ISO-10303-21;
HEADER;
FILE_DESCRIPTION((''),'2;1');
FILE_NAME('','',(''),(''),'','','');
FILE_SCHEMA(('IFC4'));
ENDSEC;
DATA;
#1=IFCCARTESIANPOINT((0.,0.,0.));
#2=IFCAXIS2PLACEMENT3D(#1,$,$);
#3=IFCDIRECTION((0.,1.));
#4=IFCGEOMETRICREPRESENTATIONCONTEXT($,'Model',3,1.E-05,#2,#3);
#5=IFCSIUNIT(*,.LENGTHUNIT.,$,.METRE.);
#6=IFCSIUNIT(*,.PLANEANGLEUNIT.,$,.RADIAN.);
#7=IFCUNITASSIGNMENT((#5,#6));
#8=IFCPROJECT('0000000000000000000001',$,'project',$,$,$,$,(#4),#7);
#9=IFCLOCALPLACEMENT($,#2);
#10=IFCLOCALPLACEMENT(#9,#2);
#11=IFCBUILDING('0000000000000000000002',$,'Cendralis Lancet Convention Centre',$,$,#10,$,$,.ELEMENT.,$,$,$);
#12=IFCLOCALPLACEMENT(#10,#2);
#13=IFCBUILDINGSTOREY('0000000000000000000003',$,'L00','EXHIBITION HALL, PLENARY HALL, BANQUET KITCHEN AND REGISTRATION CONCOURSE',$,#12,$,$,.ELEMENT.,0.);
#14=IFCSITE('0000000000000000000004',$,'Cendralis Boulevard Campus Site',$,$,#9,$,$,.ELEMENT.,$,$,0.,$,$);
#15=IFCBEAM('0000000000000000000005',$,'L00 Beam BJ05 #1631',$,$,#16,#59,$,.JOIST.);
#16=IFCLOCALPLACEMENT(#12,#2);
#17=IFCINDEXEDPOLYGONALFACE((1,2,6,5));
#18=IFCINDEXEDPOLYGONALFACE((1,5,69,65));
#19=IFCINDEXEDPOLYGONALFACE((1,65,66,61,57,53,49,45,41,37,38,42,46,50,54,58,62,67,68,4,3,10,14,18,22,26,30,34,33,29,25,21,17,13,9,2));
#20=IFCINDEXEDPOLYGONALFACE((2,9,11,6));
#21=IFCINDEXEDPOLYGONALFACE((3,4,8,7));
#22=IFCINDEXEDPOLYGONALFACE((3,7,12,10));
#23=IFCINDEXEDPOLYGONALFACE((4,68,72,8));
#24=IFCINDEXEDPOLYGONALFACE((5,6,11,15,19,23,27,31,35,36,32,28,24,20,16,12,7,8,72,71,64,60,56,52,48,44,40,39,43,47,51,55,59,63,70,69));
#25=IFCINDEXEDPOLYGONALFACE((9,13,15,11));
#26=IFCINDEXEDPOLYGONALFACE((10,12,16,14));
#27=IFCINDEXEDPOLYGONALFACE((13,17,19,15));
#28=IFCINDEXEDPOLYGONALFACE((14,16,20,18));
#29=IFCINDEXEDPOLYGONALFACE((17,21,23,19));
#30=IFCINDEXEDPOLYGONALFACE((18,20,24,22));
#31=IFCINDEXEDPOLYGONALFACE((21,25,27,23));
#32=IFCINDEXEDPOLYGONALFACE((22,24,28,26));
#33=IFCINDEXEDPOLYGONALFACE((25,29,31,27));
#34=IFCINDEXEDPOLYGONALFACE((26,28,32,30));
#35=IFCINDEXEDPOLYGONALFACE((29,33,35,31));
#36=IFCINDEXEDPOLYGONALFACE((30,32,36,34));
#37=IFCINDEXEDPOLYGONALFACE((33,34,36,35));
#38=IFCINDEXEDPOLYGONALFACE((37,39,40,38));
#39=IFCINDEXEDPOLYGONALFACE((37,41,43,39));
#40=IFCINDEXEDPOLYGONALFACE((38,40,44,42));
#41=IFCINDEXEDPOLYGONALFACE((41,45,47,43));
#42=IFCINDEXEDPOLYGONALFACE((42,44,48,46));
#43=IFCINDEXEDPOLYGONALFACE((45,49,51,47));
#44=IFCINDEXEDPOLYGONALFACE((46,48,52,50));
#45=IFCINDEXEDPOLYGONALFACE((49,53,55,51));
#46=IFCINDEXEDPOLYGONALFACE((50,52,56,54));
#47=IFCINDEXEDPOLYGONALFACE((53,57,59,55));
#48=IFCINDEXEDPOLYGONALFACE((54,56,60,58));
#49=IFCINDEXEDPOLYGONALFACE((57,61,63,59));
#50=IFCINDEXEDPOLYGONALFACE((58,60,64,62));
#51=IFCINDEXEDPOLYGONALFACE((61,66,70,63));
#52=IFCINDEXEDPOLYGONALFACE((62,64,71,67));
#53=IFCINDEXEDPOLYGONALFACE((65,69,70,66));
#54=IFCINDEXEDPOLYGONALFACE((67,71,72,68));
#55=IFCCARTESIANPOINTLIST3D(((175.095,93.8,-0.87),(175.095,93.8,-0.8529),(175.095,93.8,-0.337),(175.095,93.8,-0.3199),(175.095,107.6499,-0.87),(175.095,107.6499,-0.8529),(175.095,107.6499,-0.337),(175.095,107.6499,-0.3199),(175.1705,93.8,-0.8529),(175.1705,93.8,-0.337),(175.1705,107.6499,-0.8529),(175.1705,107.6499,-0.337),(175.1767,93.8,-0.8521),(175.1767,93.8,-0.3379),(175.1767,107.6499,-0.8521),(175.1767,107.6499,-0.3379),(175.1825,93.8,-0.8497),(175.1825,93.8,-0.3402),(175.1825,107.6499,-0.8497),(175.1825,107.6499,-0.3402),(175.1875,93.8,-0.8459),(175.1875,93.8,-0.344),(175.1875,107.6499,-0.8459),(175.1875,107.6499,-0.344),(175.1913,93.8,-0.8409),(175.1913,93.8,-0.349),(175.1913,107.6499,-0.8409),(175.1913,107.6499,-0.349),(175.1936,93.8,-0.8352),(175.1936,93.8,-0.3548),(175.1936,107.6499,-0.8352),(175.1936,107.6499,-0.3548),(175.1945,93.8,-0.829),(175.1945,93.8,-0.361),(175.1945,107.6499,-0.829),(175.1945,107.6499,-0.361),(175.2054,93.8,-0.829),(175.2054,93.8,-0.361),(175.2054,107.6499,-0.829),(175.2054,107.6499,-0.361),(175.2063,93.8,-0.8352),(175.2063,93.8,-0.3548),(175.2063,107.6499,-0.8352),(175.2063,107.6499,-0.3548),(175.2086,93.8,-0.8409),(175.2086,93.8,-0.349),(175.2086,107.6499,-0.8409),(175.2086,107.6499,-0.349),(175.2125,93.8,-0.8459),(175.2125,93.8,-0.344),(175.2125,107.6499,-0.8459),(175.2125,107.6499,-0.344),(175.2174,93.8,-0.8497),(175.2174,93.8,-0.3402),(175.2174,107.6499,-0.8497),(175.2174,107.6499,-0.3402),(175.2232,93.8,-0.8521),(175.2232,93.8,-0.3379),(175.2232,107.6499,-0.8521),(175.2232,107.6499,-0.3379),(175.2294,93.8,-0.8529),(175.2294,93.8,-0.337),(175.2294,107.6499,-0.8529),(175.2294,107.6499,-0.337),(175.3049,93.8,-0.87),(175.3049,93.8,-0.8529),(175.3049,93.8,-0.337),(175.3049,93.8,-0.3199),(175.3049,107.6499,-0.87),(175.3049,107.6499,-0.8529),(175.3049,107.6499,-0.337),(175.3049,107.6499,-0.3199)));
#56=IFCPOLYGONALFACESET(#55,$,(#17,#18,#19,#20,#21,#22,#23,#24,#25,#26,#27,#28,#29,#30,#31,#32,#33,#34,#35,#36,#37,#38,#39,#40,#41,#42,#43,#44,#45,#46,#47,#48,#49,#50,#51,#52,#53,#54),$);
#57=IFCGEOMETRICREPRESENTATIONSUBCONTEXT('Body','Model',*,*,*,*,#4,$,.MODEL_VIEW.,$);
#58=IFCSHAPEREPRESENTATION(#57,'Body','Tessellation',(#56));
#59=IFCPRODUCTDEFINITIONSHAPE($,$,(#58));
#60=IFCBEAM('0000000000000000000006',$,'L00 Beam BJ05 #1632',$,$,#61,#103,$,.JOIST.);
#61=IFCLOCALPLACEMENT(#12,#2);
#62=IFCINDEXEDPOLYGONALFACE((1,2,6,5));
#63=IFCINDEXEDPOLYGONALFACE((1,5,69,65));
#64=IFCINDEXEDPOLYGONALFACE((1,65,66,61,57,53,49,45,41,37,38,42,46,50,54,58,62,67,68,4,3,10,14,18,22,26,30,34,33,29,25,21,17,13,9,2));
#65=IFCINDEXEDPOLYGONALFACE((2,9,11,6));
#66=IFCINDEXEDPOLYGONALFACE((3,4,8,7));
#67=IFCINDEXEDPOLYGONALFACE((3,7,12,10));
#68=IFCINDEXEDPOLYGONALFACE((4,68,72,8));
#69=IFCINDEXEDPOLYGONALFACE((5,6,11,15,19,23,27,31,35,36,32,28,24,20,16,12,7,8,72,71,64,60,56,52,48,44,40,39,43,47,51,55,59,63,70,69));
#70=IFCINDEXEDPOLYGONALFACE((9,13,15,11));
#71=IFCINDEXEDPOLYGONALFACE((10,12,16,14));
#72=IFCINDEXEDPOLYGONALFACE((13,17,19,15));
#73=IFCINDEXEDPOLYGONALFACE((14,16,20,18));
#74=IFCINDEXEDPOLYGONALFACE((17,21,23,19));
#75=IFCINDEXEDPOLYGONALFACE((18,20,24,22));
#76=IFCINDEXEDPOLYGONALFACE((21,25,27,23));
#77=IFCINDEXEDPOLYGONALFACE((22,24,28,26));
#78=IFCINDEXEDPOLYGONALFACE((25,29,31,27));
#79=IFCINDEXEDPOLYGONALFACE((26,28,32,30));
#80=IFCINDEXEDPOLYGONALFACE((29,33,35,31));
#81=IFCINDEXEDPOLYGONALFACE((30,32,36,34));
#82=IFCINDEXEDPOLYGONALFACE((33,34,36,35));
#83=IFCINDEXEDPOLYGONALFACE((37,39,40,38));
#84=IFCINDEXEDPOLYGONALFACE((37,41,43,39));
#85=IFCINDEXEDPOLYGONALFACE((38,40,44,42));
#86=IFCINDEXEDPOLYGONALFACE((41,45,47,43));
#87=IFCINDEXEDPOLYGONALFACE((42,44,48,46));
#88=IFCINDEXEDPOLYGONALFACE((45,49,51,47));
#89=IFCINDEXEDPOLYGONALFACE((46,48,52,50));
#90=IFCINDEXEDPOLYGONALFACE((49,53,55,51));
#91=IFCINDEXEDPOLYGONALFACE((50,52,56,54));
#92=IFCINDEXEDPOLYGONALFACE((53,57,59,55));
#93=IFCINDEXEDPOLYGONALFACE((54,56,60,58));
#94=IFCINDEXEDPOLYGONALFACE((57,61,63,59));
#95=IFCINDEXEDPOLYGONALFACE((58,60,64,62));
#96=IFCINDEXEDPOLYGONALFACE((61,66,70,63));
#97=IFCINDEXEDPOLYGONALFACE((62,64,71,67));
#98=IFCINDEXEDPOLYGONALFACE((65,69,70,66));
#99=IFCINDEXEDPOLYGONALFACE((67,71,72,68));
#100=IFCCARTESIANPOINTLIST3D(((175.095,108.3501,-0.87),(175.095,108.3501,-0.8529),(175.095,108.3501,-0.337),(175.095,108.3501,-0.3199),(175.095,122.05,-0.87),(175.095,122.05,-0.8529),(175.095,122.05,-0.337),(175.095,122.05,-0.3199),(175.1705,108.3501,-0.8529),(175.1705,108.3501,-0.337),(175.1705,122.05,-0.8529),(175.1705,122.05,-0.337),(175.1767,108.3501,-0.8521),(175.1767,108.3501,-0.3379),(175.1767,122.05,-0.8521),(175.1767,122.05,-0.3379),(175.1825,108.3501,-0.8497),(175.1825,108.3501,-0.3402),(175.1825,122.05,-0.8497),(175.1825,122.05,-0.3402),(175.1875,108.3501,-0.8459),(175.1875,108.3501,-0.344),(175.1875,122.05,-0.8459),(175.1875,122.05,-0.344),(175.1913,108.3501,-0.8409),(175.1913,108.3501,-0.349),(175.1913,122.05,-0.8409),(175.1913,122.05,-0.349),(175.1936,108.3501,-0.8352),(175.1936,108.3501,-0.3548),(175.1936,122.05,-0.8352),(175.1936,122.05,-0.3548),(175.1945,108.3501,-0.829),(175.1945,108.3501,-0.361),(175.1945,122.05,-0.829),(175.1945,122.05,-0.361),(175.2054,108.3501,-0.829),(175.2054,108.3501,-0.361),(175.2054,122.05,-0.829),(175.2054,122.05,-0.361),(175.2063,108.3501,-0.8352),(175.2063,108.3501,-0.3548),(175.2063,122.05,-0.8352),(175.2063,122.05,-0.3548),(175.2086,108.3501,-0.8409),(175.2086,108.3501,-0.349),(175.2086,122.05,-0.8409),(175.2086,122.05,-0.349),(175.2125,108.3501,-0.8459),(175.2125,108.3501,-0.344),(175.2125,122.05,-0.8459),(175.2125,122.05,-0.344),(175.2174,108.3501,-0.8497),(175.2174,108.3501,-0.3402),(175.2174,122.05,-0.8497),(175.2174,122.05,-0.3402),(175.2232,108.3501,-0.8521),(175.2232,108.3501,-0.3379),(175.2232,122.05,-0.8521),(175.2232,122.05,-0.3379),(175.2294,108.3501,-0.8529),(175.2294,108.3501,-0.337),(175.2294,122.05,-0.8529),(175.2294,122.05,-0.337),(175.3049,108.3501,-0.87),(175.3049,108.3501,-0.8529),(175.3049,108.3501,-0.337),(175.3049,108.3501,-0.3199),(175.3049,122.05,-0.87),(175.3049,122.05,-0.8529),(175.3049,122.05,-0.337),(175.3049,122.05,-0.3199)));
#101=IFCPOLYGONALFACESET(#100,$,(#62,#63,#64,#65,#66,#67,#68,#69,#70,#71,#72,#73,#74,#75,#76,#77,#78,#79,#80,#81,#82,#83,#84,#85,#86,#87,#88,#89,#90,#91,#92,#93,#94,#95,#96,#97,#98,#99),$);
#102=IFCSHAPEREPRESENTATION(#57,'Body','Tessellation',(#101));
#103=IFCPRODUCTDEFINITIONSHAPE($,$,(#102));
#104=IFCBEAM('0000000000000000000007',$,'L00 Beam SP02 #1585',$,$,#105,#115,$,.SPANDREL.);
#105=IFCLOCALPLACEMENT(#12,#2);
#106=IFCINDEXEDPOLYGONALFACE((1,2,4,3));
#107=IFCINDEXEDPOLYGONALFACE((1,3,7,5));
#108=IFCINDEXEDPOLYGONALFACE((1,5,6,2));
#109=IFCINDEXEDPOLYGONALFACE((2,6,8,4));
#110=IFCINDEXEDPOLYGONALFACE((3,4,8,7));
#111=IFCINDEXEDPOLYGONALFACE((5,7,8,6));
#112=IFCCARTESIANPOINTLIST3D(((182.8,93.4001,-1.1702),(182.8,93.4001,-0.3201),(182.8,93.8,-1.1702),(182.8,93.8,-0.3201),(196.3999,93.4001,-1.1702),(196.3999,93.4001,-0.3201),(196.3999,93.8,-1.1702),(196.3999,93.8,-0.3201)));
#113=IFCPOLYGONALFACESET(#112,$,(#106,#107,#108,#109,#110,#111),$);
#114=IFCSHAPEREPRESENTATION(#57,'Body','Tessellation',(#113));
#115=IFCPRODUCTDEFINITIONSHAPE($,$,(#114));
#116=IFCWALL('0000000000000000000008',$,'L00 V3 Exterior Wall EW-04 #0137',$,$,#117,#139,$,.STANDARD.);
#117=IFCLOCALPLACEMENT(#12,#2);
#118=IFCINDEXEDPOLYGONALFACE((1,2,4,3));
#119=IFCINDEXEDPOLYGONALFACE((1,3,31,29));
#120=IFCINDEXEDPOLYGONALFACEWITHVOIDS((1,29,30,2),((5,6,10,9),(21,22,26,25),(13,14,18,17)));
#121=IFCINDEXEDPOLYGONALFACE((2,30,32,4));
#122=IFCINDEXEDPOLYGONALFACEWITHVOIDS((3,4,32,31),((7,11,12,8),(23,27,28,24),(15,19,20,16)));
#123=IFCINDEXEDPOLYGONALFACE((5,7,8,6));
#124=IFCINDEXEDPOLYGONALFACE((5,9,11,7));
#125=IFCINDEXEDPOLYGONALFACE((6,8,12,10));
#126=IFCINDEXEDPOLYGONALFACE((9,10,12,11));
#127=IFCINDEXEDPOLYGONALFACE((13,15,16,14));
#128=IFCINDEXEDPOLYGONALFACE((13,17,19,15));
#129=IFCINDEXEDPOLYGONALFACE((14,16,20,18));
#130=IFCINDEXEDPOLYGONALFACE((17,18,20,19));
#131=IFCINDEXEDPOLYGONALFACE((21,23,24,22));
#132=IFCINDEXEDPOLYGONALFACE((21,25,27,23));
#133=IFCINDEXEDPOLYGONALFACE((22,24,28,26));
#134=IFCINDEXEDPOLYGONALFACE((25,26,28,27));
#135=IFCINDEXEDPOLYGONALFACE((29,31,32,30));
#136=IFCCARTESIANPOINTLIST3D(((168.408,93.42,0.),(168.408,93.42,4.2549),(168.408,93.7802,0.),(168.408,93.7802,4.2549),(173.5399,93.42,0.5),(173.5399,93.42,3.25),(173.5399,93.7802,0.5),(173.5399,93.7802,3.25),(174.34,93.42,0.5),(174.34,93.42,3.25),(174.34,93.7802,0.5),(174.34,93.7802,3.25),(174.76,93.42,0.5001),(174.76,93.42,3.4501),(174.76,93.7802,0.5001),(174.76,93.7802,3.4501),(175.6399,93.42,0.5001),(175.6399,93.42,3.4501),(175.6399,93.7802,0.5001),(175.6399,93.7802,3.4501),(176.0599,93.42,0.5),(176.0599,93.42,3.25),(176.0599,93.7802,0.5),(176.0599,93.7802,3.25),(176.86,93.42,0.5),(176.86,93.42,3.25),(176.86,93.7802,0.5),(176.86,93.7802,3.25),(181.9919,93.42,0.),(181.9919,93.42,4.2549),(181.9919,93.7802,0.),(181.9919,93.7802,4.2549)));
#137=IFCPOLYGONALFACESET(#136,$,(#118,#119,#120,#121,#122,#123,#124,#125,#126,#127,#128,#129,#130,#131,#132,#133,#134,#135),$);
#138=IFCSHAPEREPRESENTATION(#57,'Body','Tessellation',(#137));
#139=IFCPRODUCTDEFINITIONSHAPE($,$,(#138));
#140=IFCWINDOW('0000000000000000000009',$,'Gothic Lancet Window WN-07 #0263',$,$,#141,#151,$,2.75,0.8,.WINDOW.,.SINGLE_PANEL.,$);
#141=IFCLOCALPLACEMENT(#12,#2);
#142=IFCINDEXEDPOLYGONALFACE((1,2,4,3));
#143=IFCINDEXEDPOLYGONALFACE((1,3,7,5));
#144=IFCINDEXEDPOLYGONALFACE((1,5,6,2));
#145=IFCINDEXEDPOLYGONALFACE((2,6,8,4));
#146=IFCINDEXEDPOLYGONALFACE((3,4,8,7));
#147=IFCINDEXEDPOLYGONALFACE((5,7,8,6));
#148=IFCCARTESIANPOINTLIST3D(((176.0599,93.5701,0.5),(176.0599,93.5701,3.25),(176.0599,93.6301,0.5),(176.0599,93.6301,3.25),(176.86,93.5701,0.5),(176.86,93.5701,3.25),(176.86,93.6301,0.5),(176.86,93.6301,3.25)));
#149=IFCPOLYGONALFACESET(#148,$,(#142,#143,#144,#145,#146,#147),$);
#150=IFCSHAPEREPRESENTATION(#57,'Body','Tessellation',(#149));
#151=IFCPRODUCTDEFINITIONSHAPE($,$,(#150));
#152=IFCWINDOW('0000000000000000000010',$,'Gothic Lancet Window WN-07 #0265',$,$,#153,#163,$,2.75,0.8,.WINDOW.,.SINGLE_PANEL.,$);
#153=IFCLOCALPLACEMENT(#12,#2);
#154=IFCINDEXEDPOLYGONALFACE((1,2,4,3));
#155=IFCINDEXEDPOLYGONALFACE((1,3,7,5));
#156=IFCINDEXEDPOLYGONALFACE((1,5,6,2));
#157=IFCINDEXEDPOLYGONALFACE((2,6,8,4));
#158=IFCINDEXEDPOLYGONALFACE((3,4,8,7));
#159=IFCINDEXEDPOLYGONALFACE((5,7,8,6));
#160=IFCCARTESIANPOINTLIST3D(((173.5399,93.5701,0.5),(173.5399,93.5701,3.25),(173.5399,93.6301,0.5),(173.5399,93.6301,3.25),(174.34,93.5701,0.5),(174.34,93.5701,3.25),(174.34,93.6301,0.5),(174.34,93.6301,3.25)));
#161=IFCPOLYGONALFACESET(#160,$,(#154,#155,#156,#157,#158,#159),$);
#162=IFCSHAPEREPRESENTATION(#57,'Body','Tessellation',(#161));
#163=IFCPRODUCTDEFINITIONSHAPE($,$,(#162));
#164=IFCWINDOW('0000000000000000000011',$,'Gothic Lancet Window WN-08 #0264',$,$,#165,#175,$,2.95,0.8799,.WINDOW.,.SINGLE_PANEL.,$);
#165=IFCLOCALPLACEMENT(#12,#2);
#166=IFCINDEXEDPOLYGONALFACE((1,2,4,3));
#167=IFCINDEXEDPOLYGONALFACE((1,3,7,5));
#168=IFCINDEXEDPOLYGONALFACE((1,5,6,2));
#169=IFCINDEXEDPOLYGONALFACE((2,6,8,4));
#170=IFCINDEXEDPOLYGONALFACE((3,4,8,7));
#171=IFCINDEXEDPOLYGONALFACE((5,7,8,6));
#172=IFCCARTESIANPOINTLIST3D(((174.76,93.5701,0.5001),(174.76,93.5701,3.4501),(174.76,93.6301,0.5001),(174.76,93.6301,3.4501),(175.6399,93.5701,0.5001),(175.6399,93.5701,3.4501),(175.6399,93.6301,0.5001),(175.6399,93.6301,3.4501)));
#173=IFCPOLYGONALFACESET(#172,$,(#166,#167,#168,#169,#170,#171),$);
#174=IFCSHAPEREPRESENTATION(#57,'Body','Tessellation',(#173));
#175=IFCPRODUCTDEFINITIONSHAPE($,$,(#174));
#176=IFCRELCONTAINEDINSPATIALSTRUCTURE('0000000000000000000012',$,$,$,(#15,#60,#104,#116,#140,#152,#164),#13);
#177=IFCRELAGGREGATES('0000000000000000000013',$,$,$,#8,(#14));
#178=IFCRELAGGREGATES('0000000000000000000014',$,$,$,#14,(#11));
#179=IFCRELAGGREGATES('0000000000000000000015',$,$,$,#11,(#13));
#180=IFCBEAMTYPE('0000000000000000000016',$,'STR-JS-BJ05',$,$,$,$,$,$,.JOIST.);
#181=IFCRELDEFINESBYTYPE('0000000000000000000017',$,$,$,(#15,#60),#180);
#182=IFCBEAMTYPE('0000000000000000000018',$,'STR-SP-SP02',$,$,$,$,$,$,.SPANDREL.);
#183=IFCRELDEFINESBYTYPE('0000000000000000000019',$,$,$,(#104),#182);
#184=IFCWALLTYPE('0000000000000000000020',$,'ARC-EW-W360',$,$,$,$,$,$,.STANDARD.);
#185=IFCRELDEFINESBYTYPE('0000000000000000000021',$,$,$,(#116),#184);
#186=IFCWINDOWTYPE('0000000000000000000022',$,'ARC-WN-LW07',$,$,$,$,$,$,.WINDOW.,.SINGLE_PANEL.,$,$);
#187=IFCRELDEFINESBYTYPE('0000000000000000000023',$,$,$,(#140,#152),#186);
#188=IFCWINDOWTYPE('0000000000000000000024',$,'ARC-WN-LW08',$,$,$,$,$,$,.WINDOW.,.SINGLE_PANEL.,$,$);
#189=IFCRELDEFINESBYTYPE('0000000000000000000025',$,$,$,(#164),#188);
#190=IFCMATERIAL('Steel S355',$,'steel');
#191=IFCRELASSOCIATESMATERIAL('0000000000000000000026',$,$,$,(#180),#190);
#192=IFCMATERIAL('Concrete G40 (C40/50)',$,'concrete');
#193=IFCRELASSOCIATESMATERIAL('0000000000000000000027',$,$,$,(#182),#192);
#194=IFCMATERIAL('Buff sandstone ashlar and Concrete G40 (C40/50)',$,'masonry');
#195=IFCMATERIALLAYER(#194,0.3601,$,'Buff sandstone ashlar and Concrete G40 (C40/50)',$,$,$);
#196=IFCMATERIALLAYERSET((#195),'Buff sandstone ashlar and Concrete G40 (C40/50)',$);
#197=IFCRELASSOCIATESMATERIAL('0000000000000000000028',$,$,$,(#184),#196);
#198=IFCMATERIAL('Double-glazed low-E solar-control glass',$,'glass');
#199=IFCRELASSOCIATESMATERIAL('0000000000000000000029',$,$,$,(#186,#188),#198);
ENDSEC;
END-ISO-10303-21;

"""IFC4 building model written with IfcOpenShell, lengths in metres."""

from ifc_helpers import new_model, si_unit, direction, frame, frame_2d, origin, origin_2d, place, context, subcontext, project, spatial, rectangle, i_section, extrude, material, layer, layer_set, material_profile, profile_set, type_object, element, fill, save


model = new_model("IFC4")

# Units and contexts
model_context = context("Model", 3, precision=1e-05, world=origin(), true_north=direction((0.0, 1.0)))
body_context = subcontext(model_context, "Body", "Model", "MODEL_VIEW")
ifc_project = project(units=[si_unit("LENGTHUNIT", "METRE"), si_unit("PLANEANGLEUNIT", "RADIAN")], contexts=[model_context])

# Site, building, storey
site_placement = place(None, origin())
site = spatial("IfcSite", under=ifc_project, at=site_placement, Name="Cendralis Boulevard Campus Site", CompositionType="ELEMENT", RefElevation=0.0)
building_placement = place(site_placement, origin())
building = spatial("IfcBuilding", under=site, at=building_placement, Name="Cendralis Lancet Convention Centre", CompositionType="ELEMENT")
storey_placement = place(building_placement, origin())
storey = spatial("IfcBuildingStorey", under=building, at=storey_placement, Name="L00", Description="EXHIBITION HALL, PLENARY HALL, BANQUET KITCHEN AND REGISTRATION CONCOURSE", CompositionType="ELEMENT", Elevation=0.0)

# Shared definitions
ifc_material_1 = material(Name="Concrete G40 (C40/50)", Category="concrete")

# Beams
ifc_material_2 = material(Name="Steel S355", Category="steel")
ifc_material_profile_1 = material_profile(ifc_material_2, i_section(OverallWidth=0.21, OverallDepth=0.55, WebThickness=0.011, FlangeThickness=0.0171, FilletRadius=0.0239, at=origin_2d()), Name="IPE 550")
ifc_profile_set_1 = profile_set([ifc_material_profile_1], Name="Steel S355")
beam_type_1 = type_object("IfcBeamType", Name="STR-JS-BJ05", PredefinedType="JOIST", material=ifc_profile_set_1)
beam_1_placement = place(storey_placement, frame((175.2, 93.8, -0.595), z_axis=(0.0, 1.0, 0.0), x_axis=(-1.0, 0.0, 0.0)))
element("IfcBeam", 1, at=beam_1_placement, inside=storey, type_object=beam_type_1, Name="L00 Beam BJ05 #1631", PredefinedType="JOIST", context=body_context, shape_type="SweptSolid", body=[
    extrude(i_section(OverallWidth=0.21, OverallDepth=0.55, WebThickness=0.011, FlangeThickness=0.0171, FilletRadius=0.0239, at=origin_2d()), origin(), (0.0, 0.0, 1.0), 13.8499),
])
beam_2_placement = place(storey_placement, frame((175.2, 108.3501, -0.595), z_axis=(0.0, 1.0, 0.0), x_axis=(-1.0, 0.0, 0.0)))
element("IfcBeam", 2, at=beam_2_placement, inside=storey, type_object=beam_type_1, Name="L00 Beam BJ05 #1632", PredefinedType="JOIST", context=body_context, shape_type="SweptSolid", body=[
    extrude(i_section(OverallWidth=0.21, OverallDepth=0.55, WebThickness=0.011, FlangeThickness=0.0171, FilletRadius=0.0239, at=origin_2d()), origin(), (0.0, 0.0, 1.0), 13.7),
])
ifc_material_profile_2 = material_profile(ifc_material_1, rectangle(XDim=0.3999, YDim=0.8501, at=origin_2d()), Name="RCB 400x850")
ifc_profile_set_2 = profile_set([ifc_material_profile_2], Name="Concrete G40 (C40/50)")
beam_type_2 = type_object("IfcBeamType", Name="STR-SP-SP02", PredefinedType="SPANDREL", material=ifc_profile_set_2)
beam_3_placement = place(storey_placement, frame((182.8, 93.6001, -0.7451), z_axis=(1.0, 0.0, 0.0), x_axis=(0.0, 1.0, 0.0)))
element("IfcBeam", 3, at=beam_3_placement, inside=storey, type_object=beam_type_2, Name="L00 Beam SP02 #1585", PredefinedType="SPANDREL", context=body_context, shape_type="SweptSolid", body=[
    extrude(rectangle(XDim=0.3999, YDim=0.8501, at=origin_2d()), origin(), (0.0, 0.0, 1.0), 13.5999),
])

# Wall, openings, windows
ifc_material_3 = material(Name="Buff sandstone ashlar and Concrete G40 (C40/50)", Category="masonry")
ifc_layer_1 = layer(ifc_material_3, 0.3601, Name="Buff sandstone ashlar and Concrete G40 (C40/50)")
ifc_layer_set_1 = layer_set([ifc_layer_1], Name="Buff sandstone ashlar and Concrete G40 (C40/50)")
wall_type = type_object("IfcWallType", Name="ARC-EW-W360", PredefinedType="STANDARD", material=ifc_layer_set_1)
wall_placement = place(storey_placement, frame((181.9919, 93.6001, 0.0), z_axis=(0.0, 0.0, 1.0), x_axis=(-1.0, 0.0, 0.0)))
wall = element("IfcWall", 4, at=wall_placement, inside=storey, type_object=wall_type, Name="L00 V3 Exterior Wall EW-04 #0137", PredefinedType="STANDARD", context=body_context, shape_type="SweptSolid", body=[
    extrude(rectangle(XDim=13.584, YDim=0.3601, at=frame_2d((6.792, 0.0))), origin(), (0.0, 0.0, 1.0), 4.2549),
])
opening_1_placement = place(wall_placement, frame((5.1321, 0.0, 0.5)))
opening_1 = element("IfcOpeningElement", 5, at=opening_1_placement, cuts=wall, PredefinedType="OPENING", context=body_context, shape_type="SweptSolid", body=[
    extrude(rectangle(XDim=0.8, YDim=2.75, at=frame_2d((0.3999, 1.375))), frame((0.0, 0.1899, 0.0), z_axis=(0.0, -1.0, 0.0), x_axis=(1.0, 0.0, 0.0)), (0.0, 0.0, 1.0), 0.3801),
])
opening_2_placement = place(wall_placement, frame((6.3521, 0.0, 0.5)))
opening_2 = element("IfcOpeningElement", 6, at=opening_2_placement, cuts=wall, PredefinedType="OPENING", context=body_context, shape_type="SweptSolid", body=[
    extrude(rectangle(XDim=0.8799, YDim=2.95, at=frame_2d((0.4399, 1.4751))), frame((0.0, 0.1899, 0.0), z_axis=(0.0, -1.0, 0.0), x_axis=(1.0, 0.0, 0.0)), (0.0, 0.0, 1.0), 0.3801),
])
opening_3_placement = place(wall_placement, frame((7.6521, 0.0, 0.5)))
opening_3 = element("IfcOpeningElement", 7, at=opening_3_placement, cuts=wall, PredefinedType="OPENING", context=body_context, shape_type="SweptSolid", body=[
    extrude(rectangle(XDim=0.8, YDim=2.75, at=frame_2d((0.3999, 1.375))), frame((0.0, 0.1899, 0.0), z_axis=(0.0, -1.0, 0.0), x_axis=(1.0, 0.0, 0.0)), (0.0, 0.0, 1.0), 0.3801),
])
ifc_material_4 = material(Name="Double-glazed low-E solar-control glass", Category="glass")
window_type_1 = type_object("IfcWindowType", Name="ARC-WN-LW07", PartitioningType="SINGLE_PANEL", PredefinedType="WINDOW", material=ifc_material_4)
window_1_placement = place(opening_1_placement, origin())
window_1 = element("IfcWindow", 8, at=window_1_placement, inside=storey, type_object=window_type_1, Name="Gothic Lancet Window WN-07 #0263", OverallHeight=2.75, OverallWidth=0.8, PartitioningType="SINGLE_PANEL", PredefinedType="WINDOW", context=body_context, shape_type="SweptSolid", body=[
    extrude(rectangle(XDim=0.8, YDim=2.75, at=frame_2d((0.3999, 1.375))), frame((0.0, 0.03, 0.0), z_axis=(0.0, -1.0, 0.0), x_axis=(1.0, 0.0, 0.0)), (0.0, 0.0, 1.0), 0.0601),
])
fill(opening_1, window_1)
window_2_placement = place(opening_3_placement, origin())
window_2 = element("IfcWindow", 9, at=window_2_placement, inside=storey, type_object=window_type_1, Name="Gothic Lancet Window WN-07 #0265", OverallHeight=2.75, OverallWidth=0.8, PartitioningType="SINGLE_PANEL", PredefinedType="WINDOW", context=body_context, shape_type="SweptSolid", body=[
    extrude(rectangle(XDim=0.8, YDim=2.75, at=frame_2d((0.3999, 1.375))), frame((0.0, 0.03, 0.0), z_axis=(0.0, -1.0, 0.0), x_axis=(1.0, 0.0, 0.0)), (0.0, 0.0, 1.0), 0.0601),
])
fill(opening_3, window_2)
window_type_2 = type_object("IfcWindowType", Name="ARC-WN-LW08", PartitioningType="SINGLE_PANEL", PredefinedType="WINDOW", material=ifc_material_4)
window_3_placement = place(opening_2_placement, origin())
window_3 = element("IfcWindow", 10, at=window_3_placement, inside=storey, type_object=window_type_2, Name="Gothic Lancet Window WN-08 #0264", OverallHeight=2.95, OverallWidth=0.8799, PartitioningType="SINGLE_PANEL", PredefinedType="WINDOW", context=body_context, shape_type="SweptSolid", body=[
    extrude(rectangle(XDim=0.8799, YDim=2.95, at=frame_2d((0.4399, 1.4751))), frame((0.0, 0.03, 0.0), z_axis=(0.0, -1.0, 0.0), x_axis=(1.0, 0.0, 0.0)), (0.0, 0.0, 1.0), 0.0601),
])
fill(opening_2, window_3)

save(model, "model.ifc")
